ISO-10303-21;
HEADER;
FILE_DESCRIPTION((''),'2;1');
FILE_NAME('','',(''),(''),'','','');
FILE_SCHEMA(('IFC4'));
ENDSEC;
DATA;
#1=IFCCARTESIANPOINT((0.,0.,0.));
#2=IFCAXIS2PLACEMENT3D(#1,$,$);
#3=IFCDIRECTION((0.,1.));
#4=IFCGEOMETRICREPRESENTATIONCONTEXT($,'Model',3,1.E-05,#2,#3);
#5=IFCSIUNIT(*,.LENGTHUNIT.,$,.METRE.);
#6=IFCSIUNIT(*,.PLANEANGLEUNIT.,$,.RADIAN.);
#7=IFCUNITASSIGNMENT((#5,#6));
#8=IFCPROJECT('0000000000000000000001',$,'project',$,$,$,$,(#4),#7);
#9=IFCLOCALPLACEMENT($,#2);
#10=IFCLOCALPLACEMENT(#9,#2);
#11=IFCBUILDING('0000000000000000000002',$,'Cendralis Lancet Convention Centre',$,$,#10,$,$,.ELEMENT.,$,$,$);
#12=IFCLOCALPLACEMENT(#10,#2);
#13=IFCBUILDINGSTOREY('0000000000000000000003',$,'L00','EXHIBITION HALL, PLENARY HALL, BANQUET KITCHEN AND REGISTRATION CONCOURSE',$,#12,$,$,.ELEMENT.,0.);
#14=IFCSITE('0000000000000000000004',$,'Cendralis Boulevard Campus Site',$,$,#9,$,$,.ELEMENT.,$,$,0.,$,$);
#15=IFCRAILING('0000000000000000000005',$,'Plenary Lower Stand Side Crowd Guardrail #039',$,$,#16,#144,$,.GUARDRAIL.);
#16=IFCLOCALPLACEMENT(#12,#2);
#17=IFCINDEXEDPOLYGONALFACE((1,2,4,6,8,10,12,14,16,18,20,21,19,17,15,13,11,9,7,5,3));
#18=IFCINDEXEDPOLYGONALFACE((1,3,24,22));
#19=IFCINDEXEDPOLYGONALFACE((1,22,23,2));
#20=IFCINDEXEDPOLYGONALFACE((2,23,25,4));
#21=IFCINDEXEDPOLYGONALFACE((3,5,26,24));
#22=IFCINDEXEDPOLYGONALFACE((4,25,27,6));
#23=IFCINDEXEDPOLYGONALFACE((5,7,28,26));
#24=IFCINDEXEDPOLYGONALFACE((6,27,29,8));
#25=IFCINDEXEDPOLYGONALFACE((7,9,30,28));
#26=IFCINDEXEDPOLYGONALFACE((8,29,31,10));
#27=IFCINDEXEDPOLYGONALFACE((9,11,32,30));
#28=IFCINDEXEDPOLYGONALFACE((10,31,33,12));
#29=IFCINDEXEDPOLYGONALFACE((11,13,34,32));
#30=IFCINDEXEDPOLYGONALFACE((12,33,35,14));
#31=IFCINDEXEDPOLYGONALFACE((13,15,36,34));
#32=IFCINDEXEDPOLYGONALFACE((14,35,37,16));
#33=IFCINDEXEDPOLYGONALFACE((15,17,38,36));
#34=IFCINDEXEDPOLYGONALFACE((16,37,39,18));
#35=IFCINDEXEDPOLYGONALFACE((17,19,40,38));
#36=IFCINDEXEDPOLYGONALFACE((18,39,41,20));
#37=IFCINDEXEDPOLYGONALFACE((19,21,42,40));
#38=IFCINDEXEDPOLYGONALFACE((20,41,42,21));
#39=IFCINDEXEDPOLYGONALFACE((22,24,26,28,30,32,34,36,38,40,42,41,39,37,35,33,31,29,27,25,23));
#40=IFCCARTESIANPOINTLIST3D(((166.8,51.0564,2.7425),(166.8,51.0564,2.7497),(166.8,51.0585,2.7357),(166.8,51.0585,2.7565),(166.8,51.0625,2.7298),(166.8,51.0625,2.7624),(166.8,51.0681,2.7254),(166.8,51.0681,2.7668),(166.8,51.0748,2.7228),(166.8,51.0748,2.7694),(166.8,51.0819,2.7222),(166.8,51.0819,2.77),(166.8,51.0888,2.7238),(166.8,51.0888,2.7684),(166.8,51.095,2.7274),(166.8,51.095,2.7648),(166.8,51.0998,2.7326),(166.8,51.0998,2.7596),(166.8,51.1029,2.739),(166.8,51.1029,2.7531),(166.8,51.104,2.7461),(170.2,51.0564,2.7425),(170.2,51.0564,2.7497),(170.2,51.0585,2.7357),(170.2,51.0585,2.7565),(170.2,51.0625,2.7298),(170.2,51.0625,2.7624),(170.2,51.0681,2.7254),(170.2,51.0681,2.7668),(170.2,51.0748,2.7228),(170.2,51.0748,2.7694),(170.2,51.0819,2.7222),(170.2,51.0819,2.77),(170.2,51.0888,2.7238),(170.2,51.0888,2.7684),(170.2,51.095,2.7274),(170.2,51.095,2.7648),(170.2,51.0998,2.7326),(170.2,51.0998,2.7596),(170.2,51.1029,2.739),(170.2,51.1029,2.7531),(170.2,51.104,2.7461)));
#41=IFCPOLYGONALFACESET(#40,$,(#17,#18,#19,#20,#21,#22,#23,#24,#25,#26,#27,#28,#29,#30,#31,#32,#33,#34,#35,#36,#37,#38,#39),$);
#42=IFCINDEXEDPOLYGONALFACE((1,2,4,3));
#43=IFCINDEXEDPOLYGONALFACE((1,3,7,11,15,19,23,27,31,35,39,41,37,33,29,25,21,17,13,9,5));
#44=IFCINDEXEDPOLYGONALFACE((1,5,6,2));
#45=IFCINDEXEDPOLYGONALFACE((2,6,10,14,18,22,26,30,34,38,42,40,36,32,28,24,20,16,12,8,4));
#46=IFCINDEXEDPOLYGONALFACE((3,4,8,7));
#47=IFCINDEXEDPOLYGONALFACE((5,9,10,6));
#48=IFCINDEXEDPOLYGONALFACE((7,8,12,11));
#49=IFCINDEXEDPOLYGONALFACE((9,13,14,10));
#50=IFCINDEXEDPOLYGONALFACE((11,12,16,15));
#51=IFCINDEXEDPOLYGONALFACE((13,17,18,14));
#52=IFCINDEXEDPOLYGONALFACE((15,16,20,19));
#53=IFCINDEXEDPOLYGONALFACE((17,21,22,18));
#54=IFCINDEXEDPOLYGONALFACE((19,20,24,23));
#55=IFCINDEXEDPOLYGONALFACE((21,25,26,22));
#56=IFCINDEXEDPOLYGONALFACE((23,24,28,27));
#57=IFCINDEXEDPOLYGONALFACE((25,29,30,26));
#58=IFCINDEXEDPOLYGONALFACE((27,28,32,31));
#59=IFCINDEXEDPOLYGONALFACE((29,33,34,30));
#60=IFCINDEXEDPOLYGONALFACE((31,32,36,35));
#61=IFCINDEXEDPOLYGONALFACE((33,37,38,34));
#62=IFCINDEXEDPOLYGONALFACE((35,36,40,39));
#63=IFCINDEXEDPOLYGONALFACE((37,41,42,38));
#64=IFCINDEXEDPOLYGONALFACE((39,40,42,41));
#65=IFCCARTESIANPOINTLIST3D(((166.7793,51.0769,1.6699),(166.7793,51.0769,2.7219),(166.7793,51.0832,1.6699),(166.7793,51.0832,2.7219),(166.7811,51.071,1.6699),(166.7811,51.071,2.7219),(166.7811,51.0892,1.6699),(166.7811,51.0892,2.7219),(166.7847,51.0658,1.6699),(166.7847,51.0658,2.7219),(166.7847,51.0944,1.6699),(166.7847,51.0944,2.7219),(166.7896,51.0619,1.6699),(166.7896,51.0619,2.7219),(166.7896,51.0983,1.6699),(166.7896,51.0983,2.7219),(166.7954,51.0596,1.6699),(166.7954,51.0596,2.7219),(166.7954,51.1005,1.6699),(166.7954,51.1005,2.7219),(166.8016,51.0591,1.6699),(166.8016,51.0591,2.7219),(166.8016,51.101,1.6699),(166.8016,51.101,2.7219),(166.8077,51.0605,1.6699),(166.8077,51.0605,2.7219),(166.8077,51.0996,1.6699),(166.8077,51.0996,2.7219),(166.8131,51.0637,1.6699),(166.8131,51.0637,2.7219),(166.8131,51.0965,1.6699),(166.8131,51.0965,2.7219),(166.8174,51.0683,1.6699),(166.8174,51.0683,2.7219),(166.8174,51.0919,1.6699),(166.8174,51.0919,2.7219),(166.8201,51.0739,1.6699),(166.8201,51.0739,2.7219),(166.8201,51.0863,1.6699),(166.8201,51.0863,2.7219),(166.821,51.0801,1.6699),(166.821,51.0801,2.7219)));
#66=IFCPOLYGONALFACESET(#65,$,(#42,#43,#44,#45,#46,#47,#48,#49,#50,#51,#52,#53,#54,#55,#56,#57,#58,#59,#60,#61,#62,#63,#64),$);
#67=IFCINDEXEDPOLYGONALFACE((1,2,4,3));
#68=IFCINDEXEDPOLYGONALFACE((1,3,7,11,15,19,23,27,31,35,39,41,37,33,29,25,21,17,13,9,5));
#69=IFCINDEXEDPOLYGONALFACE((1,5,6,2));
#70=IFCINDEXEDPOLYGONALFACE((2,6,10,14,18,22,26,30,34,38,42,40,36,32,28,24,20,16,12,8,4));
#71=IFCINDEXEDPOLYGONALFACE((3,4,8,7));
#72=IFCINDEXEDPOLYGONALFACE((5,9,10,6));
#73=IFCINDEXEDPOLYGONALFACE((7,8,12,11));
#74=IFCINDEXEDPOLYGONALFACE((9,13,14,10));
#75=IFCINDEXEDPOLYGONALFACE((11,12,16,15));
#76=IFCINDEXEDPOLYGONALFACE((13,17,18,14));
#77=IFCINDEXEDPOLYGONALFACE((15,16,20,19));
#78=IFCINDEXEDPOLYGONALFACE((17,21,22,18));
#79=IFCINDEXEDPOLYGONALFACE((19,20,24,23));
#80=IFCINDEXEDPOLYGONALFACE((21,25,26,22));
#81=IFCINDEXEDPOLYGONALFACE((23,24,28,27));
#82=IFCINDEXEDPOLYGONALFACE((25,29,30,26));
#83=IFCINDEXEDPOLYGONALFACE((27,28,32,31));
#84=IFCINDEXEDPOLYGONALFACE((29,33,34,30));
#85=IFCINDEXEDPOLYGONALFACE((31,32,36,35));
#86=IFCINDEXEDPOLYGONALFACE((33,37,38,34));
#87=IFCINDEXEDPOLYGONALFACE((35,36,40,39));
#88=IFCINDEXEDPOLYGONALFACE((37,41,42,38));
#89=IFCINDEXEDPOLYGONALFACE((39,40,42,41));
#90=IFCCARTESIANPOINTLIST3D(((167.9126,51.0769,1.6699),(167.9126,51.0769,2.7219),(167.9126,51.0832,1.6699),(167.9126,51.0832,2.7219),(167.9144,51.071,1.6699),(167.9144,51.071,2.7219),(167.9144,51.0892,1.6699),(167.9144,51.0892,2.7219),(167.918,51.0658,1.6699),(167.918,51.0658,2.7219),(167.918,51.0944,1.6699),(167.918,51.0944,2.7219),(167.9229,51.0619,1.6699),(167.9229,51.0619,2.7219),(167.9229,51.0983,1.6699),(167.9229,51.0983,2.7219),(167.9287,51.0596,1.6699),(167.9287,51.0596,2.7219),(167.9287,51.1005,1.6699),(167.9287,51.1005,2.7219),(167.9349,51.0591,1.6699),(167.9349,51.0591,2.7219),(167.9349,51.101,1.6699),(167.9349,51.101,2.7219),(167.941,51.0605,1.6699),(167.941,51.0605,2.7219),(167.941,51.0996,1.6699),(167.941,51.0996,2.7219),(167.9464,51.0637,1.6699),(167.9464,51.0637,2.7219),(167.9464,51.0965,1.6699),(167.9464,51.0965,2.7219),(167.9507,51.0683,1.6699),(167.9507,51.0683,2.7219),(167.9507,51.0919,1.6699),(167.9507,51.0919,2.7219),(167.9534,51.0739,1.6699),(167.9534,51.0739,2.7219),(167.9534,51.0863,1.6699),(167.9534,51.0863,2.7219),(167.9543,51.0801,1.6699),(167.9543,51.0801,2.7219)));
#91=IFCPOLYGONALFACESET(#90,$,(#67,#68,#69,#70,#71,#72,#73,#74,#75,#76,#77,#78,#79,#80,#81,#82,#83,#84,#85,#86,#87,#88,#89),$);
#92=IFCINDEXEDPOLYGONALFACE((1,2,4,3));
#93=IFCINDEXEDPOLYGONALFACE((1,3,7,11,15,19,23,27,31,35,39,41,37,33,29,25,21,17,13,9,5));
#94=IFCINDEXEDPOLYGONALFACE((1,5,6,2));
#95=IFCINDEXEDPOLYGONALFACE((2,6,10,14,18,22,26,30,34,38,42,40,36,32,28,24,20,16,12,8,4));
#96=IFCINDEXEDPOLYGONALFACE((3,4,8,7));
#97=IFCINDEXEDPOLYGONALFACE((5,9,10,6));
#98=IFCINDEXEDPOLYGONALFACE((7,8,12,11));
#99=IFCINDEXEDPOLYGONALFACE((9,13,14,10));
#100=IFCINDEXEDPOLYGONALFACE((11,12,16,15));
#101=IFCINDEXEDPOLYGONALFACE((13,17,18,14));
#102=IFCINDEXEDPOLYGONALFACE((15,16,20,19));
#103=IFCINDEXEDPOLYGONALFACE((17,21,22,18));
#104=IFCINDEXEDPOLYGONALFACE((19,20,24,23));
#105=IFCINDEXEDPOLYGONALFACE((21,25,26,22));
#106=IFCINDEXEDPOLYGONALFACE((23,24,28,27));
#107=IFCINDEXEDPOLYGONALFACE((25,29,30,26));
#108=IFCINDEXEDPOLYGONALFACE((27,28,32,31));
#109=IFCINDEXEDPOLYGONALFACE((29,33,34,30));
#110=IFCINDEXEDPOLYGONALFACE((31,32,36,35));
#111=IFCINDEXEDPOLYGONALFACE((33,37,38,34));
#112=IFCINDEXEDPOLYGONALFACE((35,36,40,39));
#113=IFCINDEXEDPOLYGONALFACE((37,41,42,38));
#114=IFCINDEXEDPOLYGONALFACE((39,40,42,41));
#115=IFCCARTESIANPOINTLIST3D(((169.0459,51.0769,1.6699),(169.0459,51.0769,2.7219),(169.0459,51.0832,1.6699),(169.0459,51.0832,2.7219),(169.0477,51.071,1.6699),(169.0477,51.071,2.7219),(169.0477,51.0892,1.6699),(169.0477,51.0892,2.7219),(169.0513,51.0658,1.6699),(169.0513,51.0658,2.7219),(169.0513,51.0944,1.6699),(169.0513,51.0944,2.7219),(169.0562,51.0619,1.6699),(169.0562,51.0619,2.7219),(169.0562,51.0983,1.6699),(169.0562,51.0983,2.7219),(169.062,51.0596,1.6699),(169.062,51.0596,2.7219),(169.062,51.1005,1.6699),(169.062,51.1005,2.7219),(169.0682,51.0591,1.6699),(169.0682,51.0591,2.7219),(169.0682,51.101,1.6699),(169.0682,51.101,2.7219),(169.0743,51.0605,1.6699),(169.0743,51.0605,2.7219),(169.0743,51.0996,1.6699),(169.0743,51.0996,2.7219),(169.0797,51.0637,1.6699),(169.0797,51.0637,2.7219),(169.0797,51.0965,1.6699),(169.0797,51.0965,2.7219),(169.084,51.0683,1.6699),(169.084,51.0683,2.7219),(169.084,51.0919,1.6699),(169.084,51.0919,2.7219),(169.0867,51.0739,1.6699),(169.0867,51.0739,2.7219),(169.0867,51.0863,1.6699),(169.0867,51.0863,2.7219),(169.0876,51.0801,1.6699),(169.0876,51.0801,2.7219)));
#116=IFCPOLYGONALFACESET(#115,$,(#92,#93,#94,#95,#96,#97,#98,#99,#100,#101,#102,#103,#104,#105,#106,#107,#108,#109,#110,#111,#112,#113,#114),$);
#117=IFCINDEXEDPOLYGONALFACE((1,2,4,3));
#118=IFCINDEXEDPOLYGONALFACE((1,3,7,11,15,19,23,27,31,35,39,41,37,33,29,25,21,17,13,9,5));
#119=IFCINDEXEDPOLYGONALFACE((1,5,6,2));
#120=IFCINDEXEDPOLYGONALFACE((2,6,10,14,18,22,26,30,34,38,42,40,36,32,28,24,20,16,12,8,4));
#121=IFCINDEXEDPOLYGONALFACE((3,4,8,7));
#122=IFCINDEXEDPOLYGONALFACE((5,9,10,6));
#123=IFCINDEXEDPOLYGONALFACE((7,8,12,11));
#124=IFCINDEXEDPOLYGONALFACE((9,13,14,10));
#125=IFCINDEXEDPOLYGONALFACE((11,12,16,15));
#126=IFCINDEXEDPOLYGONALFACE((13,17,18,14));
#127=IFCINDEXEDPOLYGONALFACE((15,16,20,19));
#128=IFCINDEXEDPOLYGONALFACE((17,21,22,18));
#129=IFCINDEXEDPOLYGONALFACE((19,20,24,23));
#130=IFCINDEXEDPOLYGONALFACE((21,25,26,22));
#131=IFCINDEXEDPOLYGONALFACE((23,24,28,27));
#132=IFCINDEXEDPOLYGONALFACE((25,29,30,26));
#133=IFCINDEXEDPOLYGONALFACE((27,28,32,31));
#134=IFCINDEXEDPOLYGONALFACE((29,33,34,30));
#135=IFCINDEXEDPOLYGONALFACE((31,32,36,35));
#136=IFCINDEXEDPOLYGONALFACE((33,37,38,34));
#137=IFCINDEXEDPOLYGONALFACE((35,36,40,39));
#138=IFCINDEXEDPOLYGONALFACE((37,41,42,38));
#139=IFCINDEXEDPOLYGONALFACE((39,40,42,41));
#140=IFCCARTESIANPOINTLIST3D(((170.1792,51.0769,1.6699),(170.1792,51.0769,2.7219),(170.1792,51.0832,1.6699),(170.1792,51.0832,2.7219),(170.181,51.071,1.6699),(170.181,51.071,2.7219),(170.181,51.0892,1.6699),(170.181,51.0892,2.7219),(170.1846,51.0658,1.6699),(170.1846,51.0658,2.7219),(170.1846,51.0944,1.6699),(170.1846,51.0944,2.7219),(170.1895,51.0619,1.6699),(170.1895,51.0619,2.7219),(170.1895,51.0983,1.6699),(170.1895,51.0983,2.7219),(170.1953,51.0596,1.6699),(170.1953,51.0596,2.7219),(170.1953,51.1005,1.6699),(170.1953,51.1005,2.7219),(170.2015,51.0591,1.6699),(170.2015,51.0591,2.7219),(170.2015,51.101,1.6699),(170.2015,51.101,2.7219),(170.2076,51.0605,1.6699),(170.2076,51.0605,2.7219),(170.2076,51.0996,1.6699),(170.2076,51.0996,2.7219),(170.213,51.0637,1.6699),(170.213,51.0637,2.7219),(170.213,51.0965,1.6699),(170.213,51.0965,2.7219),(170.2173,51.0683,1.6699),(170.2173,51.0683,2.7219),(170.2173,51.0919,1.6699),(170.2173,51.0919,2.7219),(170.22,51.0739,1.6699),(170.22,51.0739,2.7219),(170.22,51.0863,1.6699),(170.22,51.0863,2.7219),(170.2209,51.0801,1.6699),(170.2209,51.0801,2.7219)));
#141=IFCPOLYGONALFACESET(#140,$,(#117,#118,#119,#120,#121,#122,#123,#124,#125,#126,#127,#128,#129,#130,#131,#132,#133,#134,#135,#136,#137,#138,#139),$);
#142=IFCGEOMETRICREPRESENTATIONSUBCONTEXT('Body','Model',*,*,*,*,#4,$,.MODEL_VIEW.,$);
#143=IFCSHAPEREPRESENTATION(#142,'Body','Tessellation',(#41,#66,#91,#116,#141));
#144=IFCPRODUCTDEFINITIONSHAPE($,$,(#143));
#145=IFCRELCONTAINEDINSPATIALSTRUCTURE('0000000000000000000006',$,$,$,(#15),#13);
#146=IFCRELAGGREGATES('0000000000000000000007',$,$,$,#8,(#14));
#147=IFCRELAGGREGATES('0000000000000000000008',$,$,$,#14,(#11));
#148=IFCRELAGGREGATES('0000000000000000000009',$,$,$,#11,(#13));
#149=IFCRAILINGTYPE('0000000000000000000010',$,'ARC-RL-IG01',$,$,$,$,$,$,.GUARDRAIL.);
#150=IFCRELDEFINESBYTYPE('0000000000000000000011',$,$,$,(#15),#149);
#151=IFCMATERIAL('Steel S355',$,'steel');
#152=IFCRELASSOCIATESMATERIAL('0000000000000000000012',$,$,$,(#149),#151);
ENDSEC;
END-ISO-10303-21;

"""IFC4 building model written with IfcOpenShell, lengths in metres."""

from ifc_helpers import new_model, si_unit, direction, frame, origin, origin_2d, place, context, subcontext, project, spatial, circle, extrude, material, type_object, element, save


model = new_model("IFC4")

# Units and contexts
model_context = context("Model", 3, precision=1e-05, world=origin(), true_north=direction((0.0, 1.0)))
body_context = subcontext(model_context, "Body", "Model", "MODEL_VIEW")
ifc_project = project(units=[si_unit("LENGTHUNIT", "METRE"), si_unit("PLANEANGLEUNIT", "RADIAN")], contexts=[model_context])

# Site, building, storey
site_placement = place(None, origin())
site = spatial("IfcSite", under=ifc_project, at=site_placement, Name="Cendralis Boulevard Campus Site", CompositionType="ELEMENT", RefElevation=0.0)
building_placement = place(site_placement, origin())
building = spatial("IfcBuilding", under=site, at=building_placement, Name="Cendralis Lancet Convention Centre", CompositionType="ELEMENT")
storey_placement = place(building_placement, origin())
storey = spatial("IfcBuildingStorey", under=building, at=storey_placement, Name="L00", Description="EXHIBITION HALL, PLENARY HALL, BANQUET KITCHEN AND REGISTRATION CONCOURSE", CompositionType="ELEMENT", Elevation=0.0)

# Railing
ifc_material_1 = material(Name="Steel S355", Category="steel")
railing_type = type_object("IfcRailingType", Name="ARC-RL-IG01", PredefinedType="GUARDRAIL", material=ifc_material_1)
railing_1_placement = place(storey_placement, frame((166.8, 51.0801, 1.6699)))
element("IfcRailing", 1, at=railing_1_placement, inside=storey, type_object=railing_type, Name="Plenary Lower Stand Side Crowd Guardrail #039", PredefinedType="GUARDRAIL", context=body_context, shape_type="SweptSolid", body=[
    extrude(circle(Radius=0.0239, at=origin_2d()), frame((0.0, 0.0, 1.0762), z_axis=(1.0, 0.0, 0.0), x_axis=(0.0, 1.0, 0.0)), (0.0, 0.0, 1.0), 3.3999),
    extrude(circle(Radius=0.021, at=origin_2d()), origin(), (0.0, 0.0, 1.0), 1.052),
    extrude(circle(Radius=0.021, at=origin_2d()), frame((1.1333, 0.0, 0.0)), (0.0, 0.0, 1.0), 1.052),
    extrude(circle(Radius=0.021, at=origin_2d()), frame((2.2666, 0.0, 0.0)), (0.0, 0.0, 1.0), 1.052),
    extrude(circle(Radius=0.021, at=origin_2d()), frame((3.3999, 0.0, 0.0)), (0.0, 0.0, 1.0), 1.052),
])

save(model, "model.ifc")
